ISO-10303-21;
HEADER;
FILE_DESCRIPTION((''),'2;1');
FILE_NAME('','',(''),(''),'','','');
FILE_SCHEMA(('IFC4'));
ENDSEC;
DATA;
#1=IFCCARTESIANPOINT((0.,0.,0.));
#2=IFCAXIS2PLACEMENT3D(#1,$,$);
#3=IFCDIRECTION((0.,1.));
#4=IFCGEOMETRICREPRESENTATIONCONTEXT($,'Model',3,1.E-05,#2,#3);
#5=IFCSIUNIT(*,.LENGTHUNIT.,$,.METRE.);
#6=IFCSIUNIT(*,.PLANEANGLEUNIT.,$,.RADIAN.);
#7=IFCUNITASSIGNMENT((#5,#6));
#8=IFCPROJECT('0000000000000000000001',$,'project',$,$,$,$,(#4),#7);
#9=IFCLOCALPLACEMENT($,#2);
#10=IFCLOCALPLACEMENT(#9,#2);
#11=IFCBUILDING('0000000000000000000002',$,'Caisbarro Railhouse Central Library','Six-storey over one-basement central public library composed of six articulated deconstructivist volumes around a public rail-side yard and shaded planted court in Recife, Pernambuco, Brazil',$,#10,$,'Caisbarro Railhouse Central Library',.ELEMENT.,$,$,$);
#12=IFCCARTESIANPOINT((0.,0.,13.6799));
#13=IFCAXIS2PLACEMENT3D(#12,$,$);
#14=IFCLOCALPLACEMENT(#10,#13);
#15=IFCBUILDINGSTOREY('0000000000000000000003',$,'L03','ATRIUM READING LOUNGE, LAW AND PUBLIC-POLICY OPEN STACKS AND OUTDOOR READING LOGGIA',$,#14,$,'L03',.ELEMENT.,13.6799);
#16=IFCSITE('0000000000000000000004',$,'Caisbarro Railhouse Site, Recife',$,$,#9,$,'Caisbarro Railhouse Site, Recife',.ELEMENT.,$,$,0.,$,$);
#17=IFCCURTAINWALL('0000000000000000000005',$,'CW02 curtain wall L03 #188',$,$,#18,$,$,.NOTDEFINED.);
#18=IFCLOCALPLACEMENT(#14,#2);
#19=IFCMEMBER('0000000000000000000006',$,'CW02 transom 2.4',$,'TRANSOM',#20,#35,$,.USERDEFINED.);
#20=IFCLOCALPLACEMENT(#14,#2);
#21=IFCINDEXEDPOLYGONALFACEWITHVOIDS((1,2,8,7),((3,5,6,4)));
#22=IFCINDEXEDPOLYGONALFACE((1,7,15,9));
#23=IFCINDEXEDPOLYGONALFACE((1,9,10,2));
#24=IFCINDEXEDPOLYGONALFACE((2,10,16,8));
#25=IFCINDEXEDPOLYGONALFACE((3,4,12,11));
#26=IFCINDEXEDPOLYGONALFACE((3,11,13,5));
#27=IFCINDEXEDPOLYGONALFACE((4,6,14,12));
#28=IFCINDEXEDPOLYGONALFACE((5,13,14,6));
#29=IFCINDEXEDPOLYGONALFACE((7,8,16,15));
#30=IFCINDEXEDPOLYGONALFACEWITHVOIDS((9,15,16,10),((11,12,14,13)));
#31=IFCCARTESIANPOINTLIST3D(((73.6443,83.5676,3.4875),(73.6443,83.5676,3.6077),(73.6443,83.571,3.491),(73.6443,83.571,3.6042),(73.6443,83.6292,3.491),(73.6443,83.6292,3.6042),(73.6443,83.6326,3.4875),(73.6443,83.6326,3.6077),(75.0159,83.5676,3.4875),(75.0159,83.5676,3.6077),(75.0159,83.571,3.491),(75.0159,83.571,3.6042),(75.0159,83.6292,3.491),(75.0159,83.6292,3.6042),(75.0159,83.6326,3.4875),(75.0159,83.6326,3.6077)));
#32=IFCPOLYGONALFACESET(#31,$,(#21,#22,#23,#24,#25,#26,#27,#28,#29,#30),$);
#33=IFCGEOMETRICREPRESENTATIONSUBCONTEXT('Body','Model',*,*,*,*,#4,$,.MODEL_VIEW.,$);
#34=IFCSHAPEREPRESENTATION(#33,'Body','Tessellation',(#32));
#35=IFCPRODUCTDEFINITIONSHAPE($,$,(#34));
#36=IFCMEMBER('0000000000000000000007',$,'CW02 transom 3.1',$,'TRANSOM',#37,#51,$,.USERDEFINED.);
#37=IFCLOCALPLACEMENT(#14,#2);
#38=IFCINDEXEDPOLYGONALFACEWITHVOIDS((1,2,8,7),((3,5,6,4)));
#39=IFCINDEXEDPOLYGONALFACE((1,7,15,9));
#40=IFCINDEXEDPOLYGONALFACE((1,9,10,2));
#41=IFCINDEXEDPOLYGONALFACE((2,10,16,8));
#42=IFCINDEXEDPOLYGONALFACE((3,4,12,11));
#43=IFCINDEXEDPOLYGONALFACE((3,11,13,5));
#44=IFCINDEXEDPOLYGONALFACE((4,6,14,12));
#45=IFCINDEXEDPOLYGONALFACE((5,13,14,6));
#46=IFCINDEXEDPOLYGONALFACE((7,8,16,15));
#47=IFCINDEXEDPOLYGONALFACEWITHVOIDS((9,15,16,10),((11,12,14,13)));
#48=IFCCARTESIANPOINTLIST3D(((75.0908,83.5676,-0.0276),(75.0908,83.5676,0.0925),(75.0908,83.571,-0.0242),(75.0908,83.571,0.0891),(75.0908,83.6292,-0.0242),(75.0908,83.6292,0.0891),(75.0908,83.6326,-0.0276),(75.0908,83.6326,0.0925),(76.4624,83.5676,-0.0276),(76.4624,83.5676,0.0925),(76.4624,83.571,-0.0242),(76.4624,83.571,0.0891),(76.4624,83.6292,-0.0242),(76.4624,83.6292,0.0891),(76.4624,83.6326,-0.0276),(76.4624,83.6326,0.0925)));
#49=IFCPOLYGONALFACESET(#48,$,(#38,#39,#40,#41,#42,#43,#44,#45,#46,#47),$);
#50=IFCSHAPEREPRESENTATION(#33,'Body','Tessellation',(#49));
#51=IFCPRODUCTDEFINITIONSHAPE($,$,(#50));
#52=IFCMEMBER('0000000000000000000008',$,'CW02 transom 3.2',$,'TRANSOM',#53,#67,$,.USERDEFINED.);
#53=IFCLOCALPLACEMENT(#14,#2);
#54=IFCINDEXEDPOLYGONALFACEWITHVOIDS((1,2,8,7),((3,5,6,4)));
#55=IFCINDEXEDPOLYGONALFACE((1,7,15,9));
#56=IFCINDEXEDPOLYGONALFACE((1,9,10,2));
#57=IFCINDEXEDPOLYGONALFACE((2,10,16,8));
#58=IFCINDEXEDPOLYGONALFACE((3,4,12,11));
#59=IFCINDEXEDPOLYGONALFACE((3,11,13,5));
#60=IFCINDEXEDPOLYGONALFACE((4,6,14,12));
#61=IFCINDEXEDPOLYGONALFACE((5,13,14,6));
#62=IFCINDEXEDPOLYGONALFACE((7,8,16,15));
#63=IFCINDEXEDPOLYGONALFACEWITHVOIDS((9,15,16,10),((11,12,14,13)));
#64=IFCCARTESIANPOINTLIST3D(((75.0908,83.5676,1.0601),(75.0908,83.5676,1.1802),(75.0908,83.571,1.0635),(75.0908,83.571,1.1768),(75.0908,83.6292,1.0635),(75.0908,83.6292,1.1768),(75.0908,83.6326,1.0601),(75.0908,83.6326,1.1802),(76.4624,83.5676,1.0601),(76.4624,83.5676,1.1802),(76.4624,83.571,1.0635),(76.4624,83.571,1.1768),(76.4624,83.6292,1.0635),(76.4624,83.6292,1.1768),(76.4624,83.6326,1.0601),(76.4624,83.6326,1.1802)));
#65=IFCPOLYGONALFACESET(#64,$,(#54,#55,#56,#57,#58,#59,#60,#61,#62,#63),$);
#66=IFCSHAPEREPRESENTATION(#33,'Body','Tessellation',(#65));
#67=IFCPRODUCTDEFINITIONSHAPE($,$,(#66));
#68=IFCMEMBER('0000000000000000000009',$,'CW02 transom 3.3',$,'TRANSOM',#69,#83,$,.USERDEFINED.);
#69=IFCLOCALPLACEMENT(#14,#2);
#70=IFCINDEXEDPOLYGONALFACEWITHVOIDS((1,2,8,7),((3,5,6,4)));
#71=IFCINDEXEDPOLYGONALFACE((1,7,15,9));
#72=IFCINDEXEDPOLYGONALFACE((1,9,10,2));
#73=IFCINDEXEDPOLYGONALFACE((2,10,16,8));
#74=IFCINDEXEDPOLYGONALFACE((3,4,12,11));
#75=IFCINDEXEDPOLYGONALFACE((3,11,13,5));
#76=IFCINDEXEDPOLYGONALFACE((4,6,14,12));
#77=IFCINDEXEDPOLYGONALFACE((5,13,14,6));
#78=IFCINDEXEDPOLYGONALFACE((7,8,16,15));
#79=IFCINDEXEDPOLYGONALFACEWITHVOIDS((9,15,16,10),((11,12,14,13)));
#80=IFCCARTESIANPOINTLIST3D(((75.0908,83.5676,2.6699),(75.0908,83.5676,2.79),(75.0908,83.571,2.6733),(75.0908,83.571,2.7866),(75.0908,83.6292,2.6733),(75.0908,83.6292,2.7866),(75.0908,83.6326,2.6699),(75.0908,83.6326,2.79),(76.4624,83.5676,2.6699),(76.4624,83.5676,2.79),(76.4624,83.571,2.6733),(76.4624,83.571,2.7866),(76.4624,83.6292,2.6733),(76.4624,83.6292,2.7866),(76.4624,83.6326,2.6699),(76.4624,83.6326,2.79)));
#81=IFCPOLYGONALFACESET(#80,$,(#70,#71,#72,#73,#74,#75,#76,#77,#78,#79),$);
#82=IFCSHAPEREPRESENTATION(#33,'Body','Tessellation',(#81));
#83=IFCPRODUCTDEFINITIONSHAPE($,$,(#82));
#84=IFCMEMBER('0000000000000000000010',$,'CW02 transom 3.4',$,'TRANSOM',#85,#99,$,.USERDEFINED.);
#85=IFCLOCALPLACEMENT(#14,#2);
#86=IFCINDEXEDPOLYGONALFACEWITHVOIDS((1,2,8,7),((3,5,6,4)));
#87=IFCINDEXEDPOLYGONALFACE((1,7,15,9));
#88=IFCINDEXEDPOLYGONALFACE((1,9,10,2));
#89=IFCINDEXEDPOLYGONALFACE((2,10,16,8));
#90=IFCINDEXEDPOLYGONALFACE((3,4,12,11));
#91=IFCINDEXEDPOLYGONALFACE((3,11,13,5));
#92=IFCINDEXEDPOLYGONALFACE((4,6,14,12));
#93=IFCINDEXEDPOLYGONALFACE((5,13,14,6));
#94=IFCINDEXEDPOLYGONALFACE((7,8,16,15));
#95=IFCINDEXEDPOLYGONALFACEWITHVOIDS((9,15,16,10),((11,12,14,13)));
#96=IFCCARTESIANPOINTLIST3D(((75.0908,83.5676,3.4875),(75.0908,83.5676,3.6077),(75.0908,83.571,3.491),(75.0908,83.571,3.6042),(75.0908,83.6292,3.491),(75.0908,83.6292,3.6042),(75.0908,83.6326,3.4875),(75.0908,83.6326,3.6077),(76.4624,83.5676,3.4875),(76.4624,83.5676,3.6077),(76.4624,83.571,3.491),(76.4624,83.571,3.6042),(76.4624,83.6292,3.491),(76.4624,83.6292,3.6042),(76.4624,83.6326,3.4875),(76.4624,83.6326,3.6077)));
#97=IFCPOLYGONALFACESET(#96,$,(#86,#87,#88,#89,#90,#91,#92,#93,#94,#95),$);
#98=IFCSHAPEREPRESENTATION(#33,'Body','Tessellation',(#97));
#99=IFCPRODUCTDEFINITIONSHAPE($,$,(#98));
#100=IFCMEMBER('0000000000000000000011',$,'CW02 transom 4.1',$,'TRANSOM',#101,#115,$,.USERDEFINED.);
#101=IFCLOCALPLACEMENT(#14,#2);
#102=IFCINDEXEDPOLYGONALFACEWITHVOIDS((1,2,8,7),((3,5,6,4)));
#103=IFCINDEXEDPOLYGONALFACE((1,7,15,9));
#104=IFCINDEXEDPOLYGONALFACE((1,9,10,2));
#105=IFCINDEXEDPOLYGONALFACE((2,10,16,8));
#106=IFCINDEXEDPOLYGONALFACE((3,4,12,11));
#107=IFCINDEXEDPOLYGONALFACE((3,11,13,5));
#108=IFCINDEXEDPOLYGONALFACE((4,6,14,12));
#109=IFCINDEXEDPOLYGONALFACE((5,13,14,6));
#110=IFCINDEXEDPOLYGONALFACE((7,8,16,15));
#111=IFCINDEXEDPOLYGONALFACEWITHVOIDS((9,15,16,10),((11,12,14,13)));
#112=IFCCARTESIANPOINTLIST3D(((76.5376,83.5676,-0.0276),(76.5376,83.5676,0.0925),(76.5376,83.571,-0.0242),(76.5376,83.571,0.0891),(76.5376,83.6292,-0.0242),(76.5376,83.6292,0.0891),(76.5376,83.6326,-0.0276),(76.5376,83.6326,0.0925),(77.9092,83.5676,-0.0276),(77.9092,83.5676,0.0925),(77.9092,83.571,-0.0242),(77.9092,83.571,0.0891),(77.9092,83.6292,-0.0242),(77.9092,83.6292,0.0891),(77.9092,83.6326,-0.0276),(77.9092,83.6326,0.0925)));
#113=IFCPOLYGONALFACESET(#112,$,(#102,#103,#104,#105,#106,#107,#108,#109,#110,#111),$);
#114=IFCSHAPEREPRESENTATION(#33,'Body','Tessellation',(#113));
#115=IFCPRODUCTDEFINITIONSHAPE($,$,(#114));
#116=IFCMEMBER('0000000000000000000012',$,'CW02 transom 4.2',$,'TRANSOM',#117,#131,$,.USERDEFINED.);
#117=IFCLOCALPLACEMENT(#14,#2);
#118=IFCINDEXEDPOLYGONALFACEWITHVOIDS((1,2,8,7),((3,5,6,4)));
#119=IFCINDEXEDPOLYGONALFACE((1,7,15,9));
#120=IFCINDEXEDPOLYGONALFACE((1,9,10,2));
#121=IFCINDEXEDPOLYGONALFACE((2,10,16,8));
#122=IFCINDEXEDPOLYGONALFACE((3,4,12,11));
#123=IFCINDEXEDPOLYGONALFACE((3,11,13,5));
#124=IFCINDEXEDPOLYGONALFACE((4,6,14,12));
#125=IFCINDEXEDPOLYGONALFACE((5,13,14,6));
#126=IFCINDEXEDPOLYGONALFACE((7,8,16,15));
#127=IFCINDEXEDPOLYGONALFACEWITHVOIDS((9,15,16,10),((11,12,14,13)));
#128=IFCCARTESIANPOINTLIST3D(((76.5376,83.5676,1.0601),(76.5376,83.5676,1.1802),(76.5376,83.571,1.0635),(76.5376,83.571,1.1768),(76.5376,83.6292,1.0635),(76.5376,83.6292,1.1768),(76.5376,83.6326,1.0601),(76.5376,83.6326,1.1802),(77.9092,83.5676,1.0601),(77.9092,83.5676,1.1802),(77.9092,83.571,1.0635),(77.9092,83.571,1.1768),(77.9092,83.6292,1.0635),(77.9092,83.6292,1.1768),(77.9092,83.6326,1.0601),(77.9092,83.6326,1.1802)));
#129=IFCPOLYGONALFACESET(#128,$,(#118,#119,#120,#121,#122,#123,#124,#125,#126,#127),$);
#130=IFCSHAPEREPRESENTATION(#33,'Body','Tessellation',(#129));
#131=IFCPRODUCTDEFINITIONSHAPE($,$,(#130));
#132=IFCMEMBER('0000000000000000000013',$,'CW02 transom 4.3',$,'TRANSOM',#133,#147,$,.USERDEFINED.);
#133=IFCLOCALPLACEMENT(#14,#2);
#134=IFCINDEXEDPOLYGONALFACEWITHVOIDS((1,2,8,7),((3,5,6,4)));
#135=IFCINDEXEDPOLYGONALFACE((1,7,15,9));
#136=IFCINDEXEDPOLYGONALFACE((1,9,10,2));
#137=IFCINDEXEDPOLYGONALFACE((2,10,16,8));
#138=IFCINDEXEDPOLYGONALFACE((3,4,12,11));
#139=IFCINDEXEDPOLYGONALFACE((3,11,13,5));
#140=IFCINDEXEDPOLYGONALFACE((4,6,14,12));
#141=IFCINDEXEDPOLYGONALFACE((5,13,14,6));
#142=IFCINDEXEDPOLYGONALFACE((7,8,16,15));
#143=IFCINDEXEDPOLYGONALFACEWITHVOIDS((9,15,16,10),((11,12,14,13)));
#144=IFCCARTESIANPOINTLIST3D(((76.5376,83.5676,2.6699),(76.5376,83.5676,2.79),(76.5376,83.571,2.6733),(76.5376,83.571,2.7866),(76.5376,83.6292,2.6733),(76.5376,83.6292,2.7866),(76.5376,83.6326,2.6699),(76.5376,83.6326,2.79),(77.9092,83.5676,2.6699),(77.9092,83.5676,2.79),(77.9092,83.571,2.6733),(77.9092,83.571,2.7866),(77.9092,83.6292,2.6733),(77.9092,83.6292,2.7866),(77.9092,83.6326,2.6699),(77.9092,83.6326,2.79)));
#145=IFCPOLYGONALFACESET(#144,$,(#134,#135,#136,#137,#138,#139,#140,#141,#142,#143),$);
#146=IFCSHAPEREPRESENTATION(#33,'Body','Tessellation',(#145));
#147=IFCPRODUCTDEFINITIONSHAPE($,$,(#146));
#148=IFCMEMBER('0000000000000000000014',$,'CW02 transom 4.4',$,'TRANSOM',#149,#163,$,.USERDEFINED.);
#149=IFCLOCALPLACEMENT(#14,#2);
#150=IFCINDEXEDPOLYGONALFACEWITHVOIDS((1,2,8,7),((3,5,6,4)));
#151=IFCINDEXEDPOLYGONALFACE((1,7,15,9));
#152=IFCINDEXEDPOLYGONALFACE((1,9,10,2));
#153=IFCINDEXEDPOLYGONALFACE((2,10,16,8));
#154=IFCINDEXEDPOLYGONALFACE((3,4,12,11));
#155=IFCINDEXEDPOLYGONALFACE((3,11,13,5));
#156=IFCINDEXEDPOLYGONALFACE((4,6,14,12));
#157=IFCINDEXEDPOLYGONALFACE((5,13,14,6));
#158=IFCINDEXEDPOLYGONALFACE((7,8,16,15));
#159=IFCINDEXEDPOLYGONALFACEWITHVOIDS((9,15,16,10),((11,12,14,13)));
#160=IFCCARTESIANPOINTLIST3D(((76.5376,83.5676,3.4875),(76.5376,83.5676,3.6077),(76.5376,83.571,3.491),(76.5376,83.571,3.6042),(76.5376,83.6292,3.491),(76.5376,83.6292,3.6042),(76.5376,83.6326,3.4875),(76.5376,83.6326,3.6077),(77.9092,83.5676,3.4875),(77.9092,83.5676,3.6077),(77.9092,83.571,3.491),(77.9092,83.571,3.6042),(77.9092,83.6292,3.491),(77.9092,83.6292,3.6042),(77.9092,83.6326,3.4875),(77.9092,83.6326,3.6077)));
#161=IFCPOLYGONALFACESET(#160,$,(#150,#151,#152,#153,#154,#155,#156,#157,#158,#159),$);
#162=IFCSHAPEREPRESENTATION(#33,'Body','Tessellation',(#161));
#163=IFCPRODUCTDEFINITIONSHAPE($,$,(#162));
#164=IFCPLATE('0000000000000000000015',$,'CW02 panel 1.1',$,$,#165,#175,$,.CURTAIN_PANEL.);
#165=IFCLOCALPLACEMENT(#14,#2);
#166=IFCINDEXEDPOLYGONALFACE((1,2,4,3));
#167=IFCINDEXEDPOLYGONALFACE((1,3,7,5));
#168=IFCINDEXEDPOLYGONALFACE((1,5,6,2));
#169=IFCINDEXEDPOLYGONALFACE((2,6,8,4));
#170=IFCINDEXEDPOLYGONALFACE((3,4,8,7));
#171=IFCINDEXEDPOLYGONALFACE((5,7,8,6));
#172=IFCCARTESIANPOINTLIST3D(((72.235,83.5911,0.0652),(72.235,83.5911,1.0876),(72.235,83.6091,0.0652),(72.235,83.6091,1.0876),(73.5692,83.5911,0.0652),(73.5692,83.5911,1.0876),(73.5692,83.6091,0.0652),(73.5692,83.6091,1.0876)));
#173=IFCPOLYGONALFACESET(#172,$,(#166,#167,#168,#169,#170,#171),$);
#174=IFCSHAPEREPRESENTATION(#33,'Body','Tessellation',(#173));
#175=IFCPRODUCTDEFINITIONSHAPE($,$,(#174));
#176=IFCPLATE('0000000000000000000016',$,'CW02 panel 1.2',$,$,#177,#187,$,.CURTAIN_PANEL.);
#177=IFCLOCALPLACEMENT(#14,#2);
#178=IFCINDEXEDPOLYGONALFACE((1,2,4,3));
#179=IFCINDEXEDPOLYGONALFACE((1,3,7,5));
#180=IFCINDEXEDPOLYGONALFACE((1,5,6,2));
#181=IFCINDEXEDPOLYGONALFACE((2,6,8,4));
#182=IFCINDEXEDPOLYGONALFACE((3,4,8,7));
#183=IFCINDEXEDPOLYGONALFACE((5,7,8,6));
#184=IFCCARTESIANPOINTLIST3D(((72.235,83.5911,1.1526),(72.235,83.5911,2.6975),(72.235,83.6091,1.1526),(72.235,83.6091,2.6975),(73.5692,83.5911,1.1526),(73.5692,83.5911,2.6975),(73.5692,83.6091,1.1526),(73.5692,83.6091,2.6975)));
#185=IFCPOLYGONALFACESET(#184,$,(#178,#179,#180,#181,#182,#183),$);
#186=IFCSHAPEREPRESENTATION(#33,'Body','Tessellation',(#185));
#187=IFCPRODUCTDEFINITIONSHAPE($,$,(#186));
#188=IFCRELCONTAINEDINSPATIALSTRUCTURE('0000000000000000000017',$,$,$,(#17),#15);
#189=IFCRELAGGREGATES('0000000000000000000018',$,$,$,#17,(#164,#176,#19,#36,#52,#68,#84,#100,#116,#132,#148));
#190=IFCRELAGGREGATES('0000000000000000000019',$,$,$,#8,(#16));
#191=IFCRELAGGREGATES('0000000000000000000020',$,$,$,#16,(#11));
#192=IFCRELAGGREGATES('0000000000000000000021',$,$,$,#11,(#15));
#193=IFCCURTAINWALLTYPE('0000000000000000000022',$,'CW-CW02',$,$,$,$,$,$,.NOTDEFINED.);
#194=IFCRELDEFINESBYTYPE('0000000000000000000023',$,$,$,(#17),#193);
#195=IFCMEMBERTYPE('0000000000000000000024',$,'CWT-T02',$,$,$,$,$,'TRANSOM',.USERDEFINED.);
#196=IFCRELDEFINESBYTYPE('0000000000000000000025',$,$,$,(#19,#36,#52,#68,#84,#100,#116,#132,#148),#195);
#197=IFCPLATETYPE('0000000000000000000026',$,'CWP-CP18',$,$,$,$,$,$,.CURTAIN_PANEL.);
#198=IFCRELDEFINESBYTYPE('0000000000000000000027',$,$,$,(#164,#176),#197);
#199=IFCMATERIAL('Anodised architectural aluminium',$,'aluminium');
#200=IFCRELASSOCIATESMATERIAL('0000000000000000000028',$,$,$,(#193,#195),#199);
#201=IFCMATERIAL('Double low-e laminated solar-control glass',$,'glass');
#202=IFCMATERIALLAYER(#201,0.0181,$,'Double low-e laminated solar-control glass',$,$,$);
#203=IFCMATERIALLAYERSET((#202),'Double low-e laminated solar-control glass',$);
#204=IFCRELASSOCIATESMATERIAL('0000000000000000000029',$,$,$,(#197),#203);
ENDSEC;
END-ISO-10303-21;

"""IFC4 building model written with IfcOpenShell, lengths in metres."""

from ifc_helpers import new_model, si_unit, direction, frame, origin, origin_2d, place, context, subcontext, project, spatial, rectangle, hollow_rectangle, extrude, material, layer, layer_set, material_profile, profile_set, type_object, element, aggregate, save


model = new_model("IFC4")

# Units and contexts
model_context = context("Model", 3, precision=1e-05, world=origin(), true_north=direction((0.0, 1.0)))
body_context = subcontext(model_context, "Body", "Model", "MODEL_VIEW")
ifc_project = project(units=[si_unit("LENGTHUNIT", "METRE"), si_unit("PLANEANGLEUNIT", "RADIAN")], contexts=[model_context])

# Site, building, storey
site_placement = place(None, origin())
site = spatial("IfcSite", under=ifc_project, at=site_placement, Name="Caisbarro Railhouse Site, Recife", LongName="Caisbarro Railhouse Site, Recife", CompositionType="ELEMENT", RefElevation=0.0)
building_placement = place(site_placement, origin())
building = spatial("IfcBuilding", under=site, at=building_placement, Name="Caisbarro Railhouse Central Library", Description="Six-storey over one-basement central public library composed of six articulated deconstructivist volumes around a public rail-side yard and shaded planted court in Recife, Pernambuco, Brazil", LongName="Caisbarro Railhouse Central Library", CompositionType="ELEMENT")
storey_placement = place(building_placement, frame((0.0, 0.0, 13.6799)))
storey = spatial("IfcBuildingStorey", under=building, at=storey_placement, Name="L03", Description="ATRIUM READING LOUNGE, LAW AND PUBLIC-POLICY OPEN STACKS AND OUTDOOR READING LOGGIA", LongName="L03", CompositionType="ELEMENT", Elevation=13.6799)

# Curtain wall, members, plates
ifc_material_1 = material(Name="Anodised architectural aluminium", Category="aluminium")
curtain_wall_type = type_object("IfcCurtainWallType", Name="CW-CW02", PredefinedType="NOTDEFINED", material=ifc_material_1)
curtain_wall_placement = place(storey_placement, origin())
curtain_wall = element("IfcCurtainWall", 1, at=curtain_wall_placement, inside=storey, type_object=curtain_wall_type, Name="CW02 curtain wall L03 #188", PredefinedType="NOTDEFINED")
ifc_material_profile_1 = material_profile(ifc_material_1, hollow_rectangle(XDim=0.0649, YDim=0.1201, WallThickness=0.0034, at=origin_2d()), Name="ALU-TRN-65X120")
ifc_profile_set_1 = profile_set([ifc_material_profile_1], Name="Anodised architectural aluminium")
member_type_1 = type_object("IfcMemberType", Name="CWT-T02", ElementType="TRANSOM", PredefinedType="USERDEFINED", material=ifc_profile_set_1)
member_1_placement = place(storey_placement, frame((73.6443, 83.6001, 3.5476), z_axis=(1.0, 0.0, 0.0), x_axis=(0.0, 1.0, 0.0)))
member_1 = element("IfcMember", 2, at=member_1_placement, type_object=member_type_1, Name="CW02 transom 2.4", ObjectType="TRANSOM", PredefinedType="USERDEFINED", context=body_context, shape_type="SweptSolid", body=[
    extrude(hollow_rectangle(XDim=0.0649, YDim=0.1201, WallThickness=0.0034, at=origin_2d()), origin(), (0.0, 0.0, 1.0), 1.3716),
])
member_2_placement = place(storey_placement, frame((75.0908, 83.6001, 0.0325), z_axis=(1.0, 0.0, 0.0), x_axis=(0.0, 1.0, 0.0)))
member_2 = element("IfcMember", 3, at=member_2_placement, type_object=member_type_1, Name="CW02 transom 3.1", ObjectType="TRANSOM", PredefinedType="USERDEFINED", context=body_context, shape_type="SweptSolid", body=[
    extrude(hollow_rectangle(XDim=0.0649, YDim=0.1201, WallThickness=0.0034, at=origin_2d()), origin(), (0.0, 0.0, 1.0), 1.3716),
])
member_3_placement = place(storey_placement, frame((75.0908, 83.6001, 1.1201), z_axis=(1.0, 0.0, 0.0), x_axis=(0.0, 1.0, 0.0)))
member_3 = element("IfcMember", 4, at=member_3_placement, type_object=member_type_1, Name="CW02 transom 3.2", ObjectType="TRANSOM", PredefinedType="USERDEFINED", context=body_context, shape_type="SweptSolid", body=[
    extrude(hollow_rectangle(XDim=0.0649, YDim=0.1201, WallThickness=0.0034, at=origin_2d()), origin(), (0.0, 0.0, 1.0), 1.3716),
])
member_4_placement = place(storey_placement, frame((75.0908, 83.6001, 2.73), z_axis=(1.0, 0.0, 0.0), x_axis=(0.0, 1.0, 0.0)))
member_4 = element("IfcMember", 5, at=member_4_placement, type_object=member_type_1, Name="CW02 transom 3.3", ObjectType="TRANSOM", PredefinedType="USERDEFINED", context=body_context, shape_type="SweptSolid", body=[
    extrude(hollow_rectangle(XDim=0.0649, YDim=0.1201, WallThickness=0.0034, at=origin_2d()), origin(), (0.0, 0.0, 1.0), 1.3716),
])
member_5_placement = place(storey_placement, frame((75.0908, 83.6001, 3.5476), z_axis=(1.0, 0.0, 0.0), x_axis=(0.0, 1.0, 0.0)))
member_5 = element("IfcMember", 6, at=member_5_placement, type_object=member_type_1, Name="CW02 transom 3.4", ObjectType="TRANSOM", PredefinedType="USERDEFINED", context=body_context, shape_type="SweptSolid", body=[
    extrude(hollow_rectangle(XDim=0.0649, YDim=0.1201, WallThickness=0.0034, at=origin_2d()), origin(), (0.0, 0.0, 1.0), 1.3716),
])
member_6_placement = place(storey_placement, frame((76.5376, 83.6001, 0.0325), z_axis=(1.0, 0.0, 0.0), x_axis=(0.0, 1.0, 0.0)))
member_6 = element("IfcMember", 7, at=member_6_placement, type_object=member_type_1, Name="CW02 transom 4.1", ObjectType="TRANSOM", PredefinedType="USERDEFINED", context=body_context, shape_type="SweptSolid", body=[
    extrude(hollow_rectangle(XDim=0.0649, YDim=0.1201, WallThickness=0.0034, at=origin_2d()), origin(), (0.0, 0.0, 1.0), 1.3716),
])
member_7_placement = place(storey_placement, frame((76.5376, 83.6001, 1.1201), z_axis=(1.0, 0.0, 0.0), x_axis=(0.0, 1.0, 0.0)))
member_7 = element("IfcMember", 8, at=member_7_placement, type_object=member_type_1, Name="CW02 transom 4.2", ObjectType="TRANSOM", PredefinedType="USERDEFINED", context=body_context, shape_type="SweptSolid", body=[
    extrude(hollow_rectangle(XDim=0.0649, YDim=0.1201, WallThickness=0.0034, at=origin_2d()), origin(), (0.0, 0.0, 1.0), 1.3716),
])
member_8_placement = place(storey_placement, frame((76.5376, 83.6001, 2.73), z_axis=(1.0, 0.0, 0.0), x_axis=(0.0, 1.0, 0.0)))
member_8 = element("IfcMember", 9, at=member_8_placement, type_object=member_type_1, Name="CW02 transom 4.3", ObjectType="TRANSOM", PredefinedType="USERDEFINED", context=body_context, shape_type="SweptSolid", body=[
    extrude(hollow_rectangle(XDim=0.0649, YDim=0.1201, WallThickness=0.0034, at=origin_2d()), origin(), (0.0, 0.0, 1.0), 1.3716),
])
member_9_placement = place(storey_placement, frame((76.5376, 83.6001, 3.5476), z_axis=(1.0, 0.0, 0.0), x_axis=(0.0, 1.0, 0.0)))
member_9 = element("IfcMember", 10, at=member_9_placement, type_object=member_type_1, Name="CW02 transom 4.4", ObjectType="TRANSOM", PredefinedType="USERDEFINED", context=body_context, shape_type="SweptSolid", body=[
    extrude(hollow_rectangle(XDim=0.0649, YDim=0.1201, WallThickness=0.0034, at=origin_2d()), origin(), (0.0, 0.0, 1.0), 1.3716),
])
ifc_material_2 = material(Name="Double low-e laminated solar-control glass", Category="glass")
ifc_layer = layer(ifc_material_2, 0.0181, Name="Double low-e laminated solar-control glass")
ifc_layer_set = layer_set([ifc_layer], Name="Double low-e laminated solar-control glass")
plate_type = type_object("IfcPlateType", Name="CWP-CP18", PredefinedType="CURTAIN_PANEL", material=ifc_layer_set)
plate_1_placement = place(storey_placement, frame((72.9021, 83.6001, 0.0652), z_axis=(0.0, 0.0, 1.0), x_axis=(1.0, 0.0, 0.0)))
plate_1 = element("IfcPlate", 11, at=plate_1_placement, type_object=plate_type, Name="CW02 panel 1.1", PredefinedType="CURTAIN_PANEL", context=body_context, shape_type="SweptSolid", body=[
    extrude(rectangle(XDim=1.3342, YDim=0.0181, at=origin_2d()), origin(), (0.0, 0.0, 1.0), 1.0225),
])
plate_2_placement = place(storey_placement, frame((72.9021, 83.6001, 1.1526), z_axis=(0.0, 0.0, 1.0), x_axis=(1.0, 0.0, 0.0)))
plate_2 = element("IfcPlate", 12, at=plate_2_placement, type_object=plate_type, Name="CW02 panel 1.2", PredefinedType="CURTAIN_PANEL", context=body_context, shape_type="SweptSolid", body=[
    extrude(rectangle(XDim=1.3342, YDim=0.0181, at=origin_2d()), origin(), (0.0, 0.0, 1.0), 1.5449),
])
aggregate(curtain_wall, [plate_1, plate_2, member_1, member_2, member_3, member_4, member_5, member_6, member_7, member_8, member_9])

save(model, "model.ifc")
